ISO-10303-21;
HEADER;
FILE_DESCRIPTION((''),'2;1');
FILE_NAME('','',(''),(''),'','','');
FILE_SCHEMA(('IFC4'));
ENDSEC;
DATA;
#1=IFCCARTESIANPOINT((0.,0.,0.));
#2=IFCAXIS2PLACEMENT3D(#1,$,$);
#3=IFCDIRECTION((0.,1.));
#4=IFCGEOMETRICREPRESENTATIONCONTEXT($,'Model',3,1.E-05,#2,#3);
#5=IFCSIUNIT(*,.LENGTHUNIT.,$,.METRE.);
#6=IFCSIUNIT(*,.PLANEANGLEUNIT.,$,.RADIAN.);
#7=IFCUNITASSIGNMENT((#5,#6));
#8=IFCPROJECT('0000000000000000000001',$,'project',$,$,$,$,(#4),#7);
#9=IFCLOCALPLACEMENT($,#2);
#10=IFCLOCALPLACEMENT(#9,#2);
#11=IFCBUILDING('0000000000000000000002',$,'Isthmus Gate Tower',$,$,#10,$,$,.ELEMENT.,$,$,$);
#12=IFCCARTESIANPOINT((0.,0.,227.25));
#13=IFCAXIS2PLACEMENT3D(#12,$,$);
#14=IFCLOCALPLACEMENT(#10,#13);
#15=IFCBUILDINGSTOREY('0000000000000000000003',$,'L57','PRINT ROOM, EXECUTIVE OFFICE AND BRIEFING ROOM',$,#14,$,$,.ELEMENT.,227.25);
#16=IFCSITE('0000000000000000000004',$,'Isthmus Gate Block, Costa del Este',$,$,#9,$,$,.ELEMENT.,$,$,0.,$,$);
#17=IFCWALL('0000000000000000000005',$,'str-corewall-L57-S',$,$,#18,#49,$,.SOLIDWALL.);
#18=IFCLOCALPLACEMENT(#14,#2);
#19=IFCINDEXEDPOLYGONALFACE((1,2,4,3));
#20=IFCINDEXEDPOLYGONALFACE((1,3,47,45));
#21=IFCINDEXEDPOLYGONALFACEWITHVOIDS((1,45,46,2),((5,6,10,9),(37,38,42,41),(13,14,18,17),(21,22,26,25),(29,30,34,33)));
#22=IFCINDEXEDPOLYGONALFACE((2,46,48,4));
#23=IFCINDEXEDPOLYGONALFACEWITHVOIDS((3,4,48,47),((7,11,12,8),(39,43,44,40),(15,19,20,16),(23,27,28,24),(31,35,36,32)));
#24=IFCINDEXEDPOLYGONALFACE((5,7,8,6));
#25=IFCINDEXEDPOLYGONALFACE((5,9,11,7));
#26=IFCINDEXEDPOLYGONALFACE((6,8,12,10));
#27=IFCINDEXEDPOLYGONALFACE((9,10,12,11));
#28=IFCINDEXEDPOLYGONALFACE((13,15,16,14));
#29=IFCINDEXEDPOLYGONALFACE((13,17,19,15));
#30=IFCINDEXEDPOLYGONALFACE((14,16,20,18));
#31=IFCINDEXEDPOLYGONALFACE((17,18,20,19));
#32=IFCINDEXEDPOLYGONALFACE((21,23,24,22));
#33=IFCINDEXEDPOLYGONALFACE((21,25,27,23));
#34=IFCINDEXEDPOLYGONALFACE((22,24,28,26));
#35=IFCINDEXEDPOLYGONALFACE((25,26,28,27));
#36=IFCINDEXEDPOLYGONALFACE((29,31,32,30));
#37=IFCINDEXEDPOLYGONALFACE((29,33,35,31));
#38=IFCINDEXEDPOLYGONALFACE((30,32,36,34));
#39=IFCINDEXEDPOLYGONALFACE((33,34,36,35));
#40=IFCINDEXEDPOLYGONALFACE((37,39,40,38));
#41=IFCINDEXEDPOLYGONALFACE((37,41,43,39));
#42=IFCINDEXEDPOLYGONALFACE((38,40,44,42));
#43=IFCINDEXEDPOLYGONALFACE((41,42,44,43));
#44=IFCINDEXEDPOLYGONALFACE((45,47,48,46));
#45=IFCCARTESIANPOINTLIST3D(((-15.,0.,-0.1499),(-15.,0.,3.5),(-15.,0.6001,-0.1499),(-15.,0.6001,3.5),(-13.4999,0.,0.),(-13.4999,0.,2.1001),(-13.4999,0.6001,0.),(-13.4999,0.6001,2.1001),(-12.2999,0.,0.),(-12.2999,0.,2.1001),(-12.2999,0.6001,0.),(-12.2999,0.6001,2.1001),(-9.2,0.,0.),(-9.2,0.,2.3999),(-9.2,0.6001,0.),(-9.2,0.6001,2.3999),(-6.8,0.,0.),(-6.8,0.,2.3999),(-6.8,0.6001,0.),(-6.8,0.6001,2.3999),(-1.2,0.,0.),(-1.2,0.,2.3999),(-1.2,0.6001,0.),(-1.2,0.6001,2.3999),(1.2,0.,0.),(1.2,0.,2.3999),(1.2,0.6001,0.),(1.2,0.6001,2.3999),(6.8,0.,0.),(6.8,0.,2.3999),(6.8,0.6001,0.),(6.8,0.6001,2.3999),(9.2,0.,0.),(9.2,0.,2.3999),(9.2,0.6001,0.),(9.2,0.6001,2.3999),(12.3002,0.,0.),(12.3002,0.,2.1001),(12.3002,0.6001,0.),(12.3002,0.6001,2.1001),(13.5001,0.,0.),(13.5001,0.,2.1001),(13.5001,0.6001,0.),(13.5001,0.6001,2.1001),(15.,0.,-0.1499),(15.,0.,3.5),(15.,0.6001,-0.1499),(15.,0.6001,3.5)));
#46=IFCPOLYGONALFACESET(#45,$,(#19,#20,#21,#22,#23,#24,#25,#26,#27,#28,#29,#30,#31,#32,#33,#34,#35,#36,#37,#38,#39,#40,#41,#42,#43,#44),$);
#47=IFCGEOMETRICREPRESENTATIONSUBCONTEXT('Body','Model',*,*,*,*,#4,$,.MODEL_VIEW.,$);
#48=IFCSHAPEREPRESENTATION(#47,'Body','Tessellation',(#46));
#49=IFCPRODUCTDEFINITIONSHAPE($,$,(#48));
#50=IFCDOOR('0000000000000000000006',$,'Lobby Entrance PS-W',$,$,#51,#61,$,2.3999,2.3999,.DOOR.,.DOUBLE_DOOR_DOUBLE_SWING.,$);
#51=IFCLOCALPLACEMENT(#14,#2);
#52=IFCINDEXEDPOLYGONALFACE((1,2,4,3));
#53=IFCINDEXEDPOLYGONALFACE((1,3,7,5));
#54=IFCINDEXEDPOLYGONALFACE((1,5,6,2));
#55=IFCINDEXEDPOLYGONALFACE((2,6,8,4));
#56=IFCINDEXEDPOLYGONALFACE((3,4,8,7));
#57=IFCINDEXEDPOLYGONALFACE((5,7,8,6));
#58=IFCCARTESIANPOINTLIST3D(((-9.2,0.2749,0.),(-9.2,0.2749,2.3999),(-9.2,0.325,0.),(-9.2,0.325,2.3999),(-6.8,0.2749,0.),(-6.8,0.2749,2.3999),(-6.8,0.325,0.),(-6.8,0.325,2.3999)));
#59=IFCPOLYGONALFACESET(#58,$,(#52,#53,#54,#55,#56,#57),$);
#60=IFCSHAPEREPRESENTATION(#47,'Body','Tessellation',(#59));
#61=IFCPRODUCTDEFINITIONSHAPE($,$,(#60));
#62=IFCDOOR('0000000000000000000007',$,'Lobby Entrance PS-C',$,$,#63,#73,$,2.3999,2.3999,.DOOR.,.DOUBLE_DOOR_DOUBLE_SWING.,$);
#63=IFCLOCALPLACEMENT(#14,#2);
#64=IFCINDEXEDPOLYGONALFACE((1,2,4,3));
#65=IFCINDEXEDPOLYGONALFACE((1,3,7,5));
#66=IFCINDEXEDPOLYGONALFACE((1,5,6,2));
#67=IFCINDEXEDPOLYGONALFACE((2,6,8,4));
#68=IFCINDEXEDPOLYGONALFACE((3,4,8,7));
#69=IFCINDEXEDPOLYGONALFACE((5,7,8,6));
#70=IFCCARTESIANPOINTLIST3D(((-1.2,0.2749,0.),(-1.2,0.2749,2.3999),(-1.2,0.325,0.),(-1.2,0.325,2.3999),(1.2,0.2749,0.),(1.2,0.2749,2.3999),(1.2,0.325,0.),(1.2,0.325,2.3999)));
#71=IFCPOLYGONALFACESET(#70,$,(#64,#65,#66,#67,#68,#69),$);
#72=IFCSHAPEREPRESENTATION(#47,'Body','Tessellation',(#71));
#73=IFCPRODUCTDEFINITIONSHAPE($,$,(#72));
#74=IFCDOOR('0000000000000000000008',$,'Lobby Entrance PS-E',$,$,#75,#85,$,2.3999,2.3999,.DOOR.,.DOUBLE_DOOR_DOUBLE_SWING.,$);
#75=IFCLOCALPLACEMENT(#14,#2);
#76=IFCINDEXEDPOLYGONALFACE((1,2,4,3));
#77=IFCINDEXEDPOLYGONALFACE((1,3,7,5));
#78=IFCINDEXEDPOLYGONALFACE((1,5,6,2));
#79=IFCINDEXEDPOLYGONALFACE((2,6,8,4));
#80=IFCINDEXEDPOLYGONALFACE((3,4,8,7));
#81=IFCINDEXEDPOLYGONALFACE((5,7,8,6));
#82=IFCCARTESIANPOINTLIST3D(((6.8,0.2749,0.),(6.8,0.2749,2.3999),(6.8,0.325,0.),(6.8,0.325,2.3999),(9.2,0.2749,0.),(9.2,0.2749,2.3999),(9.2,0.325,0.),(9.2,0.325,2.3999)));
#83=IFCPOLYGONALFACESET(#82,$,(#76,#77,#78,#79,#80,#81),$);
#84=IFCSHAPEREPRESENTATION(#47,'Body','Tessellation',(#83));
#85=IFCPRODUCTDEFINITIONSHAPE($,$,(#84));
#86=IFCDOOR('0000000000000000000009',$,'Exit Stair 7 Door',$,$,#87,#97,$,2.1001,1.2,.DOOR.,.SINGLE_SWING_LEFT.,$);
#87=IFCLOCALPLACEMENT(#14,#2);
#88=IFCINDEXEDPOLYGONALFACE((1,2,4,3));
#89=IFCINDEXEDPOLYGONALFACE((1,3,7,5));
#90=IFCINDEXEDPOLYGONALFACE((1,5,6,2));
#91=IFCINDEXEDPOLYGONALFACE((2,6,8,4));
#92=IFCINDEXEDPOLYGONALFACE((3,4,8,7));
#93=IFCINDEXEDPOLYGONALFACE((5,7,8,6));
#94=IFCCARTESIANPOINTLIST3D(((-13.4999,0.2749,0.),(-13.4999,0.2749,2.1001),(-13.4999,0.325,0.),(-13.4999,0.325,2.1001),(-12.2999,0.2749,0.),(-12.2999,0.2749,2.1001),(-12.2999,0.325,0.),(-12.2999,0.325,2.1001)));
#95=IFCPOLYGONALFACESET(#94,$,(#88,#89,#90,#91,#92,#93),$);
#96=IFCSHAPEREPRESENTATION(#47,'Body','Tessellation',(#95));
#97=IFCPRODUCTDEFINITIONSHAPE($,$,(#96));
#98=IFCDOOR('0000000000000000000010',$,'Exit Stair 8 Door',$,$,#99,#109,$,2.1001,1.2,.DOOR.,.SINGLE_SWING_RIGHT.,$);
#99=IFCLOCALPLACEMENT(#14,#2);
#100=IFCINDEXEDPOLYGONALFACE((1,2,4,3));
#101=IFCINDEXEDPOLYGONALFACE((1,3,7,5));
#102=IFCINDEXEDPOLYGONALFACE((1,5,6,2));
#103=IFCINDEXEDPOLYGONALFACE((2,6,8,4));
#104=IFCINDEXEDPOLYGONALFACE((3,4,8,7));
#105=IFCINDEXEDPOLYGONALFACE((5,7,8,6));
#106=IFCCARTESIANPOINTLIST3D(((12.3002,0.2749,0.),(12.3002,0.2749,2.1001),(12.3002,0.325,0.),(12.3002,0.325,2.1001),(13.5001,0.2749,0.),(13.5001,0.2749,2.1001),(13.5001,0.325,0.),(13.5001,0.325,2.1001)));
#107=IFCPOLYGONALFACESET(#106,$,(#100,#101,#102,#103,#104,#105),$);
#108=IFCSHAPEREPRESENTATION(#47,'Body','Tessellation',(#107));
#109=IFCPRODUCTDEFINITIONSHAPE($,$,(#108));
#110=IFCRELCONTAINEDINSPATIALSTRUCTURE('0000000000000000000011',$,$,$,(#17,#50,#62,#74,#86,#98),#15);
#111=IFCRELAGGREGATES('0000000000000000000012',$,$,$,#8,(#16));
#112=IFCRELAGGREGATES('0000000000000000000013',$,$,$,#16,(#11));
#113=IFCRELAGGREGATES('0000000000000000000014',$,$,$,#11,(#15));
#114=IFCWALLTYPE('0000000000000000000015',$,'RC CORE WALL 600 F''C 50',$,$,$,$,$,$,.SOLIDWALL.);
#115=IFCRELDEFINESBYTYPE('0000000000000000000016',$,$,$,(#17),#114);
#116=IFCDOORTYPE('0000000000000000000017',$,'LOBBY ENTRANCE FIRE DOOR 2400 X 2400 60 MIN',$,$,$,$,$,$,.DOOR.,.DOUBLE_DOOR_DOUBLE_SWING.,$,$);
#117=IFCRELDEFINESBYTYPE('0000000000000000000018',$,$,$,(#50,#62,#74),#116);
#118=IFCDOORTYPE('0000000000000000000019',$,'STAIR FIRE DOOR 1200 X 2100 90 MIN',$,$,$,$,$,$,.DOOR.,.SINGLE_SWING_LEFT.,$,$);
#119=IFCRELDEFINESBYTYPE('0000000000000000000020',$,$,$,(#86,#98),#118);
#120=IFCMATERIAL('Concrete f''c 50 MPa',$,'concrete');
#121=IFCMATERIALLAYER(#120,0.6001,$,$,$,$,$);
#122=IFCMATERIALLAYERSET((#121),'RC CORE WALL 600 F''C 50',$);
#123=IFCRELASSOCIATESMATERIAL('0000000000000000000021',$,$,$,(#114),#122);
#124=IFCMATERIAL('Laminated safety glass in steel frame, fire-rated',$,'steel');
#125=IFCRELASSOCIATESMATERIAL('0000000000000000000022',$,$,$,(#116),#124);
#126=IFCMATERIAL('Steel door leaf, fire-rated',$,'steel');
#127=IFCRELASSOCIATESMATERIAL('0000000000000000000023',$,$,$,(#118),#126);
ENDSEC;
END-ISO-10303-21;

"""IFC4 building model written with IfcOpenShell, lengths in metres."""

from ifc_helpers import new_model, si_unit, direction, frame, frame_2d, origin, place, context, subcontext, project, spatial, rectangle, extrude, material, layer, layer_set, type_object, element, fill, save


model = new_model("IFC4")

# Units and contexts
model_context = context("Model", 3, precision=1e-05, world=origin(), true_north=direction((0.0, 1.0)))
body_context = subcontext(model_context, "Body", "Model", "MODEL_VIEW")
ifc_project = project(units=[si_unit("LENGTHUNIT", "METRE"), si_unit("PLANEANGLEUNIT", "RADIAN")], contexts=[model_context])

# Site, building, storey
site_placement = place(None, origin())
site = spatial("IfcSite", under=ifc_project, at=site_placement, Name="Isthmus Gate Block, Costa del Este", CompositionType="ELEMENT", RefElevation=0.0)
building_placement = place(site_placement, origin())
building = spatial("IfcBuilding", under=site, at=building_placement, Name="Isthmus Gate Tower", CompositionType="ELEMENT")
storey_placement = place(building_placement, frame((0.0, 0.0, 227.25)))
storey = spatial("IfcBuildingStorey", under=building, at=storey_placement, Name="L57", Description="PRINT ROOM, EXECUTIVE OFFICE AND BRIEFING ROOM", CompositionType="ELEMENT", Elevation=227.25)

# Wall, openings, doors
ifc_material_1 = material(Name="Concrete f'c 50 MPa", Category="concrete")
ifc_layer_1 = layer(ifc_material_1, 0.6001)
ifc_layer_set_1 = layer_set([ifc_layer_1], Name="RC CORE WALL 600 F'C 50")
wall_type_1 = type_object("IfcWallType", Name="RC CORE WALL 600 F'C 50", PredefinedType="SOLIDWALL", material=ifc_layer_set_1)
wall_1_placement = place(storey_placement, frame((-15.0, 0.3, -0.1499), z_axis=(0.0, 0.0, 1.0), x_axis=(1.0, 0.0, 0.0)))
wall_1 = element("IfcWall", 1, at=wall_1_placement, inside=storey, type_object=wall_type_1, Name="str-corewall-L57-S", PredefinedType="SOLIDWALL", context=body_context, shape_type="SweptSolid", body=[
    extrude(rectangle(XDim=30.0, YDim=0.6001, at=frame_2d((15.0, 0.0))), origin(), (0.0, 0.0, 1.0), 3.6499),
])
opening_1_placement = place(wall_1_placement, frame((5.8, 0.0, 0.1499)))
opening_1 = element("IfcOpeningElement", 2, at=opening_1_placement, cuts=wall_1, PredefinedType="OPENING", context=body_context, shape_type="SweptSolid", body=[
    extrude(rectangle(XDim=2.3999, YDim=2.3999, at=frame_2d((1.2, 1.2))), frame((0.0, 0.3101, 0.0), z_axis=(0.0, -1.0, 0.0), x_axis=(1.0, 0.0, 0.0)), (0.0, 0.0, 1.0), 0.6201),
])
opening_2_placement = place(wall_1_placement, frame((13.8, 0.0, 0.1499)))
opening_2 = element("IfcOpeningElement", 3, at=opening_2_placement, cuts=wall_1, PredefinedType="OPENING", context=body_context, shape_type="SweptSolid", body=[
    extrude(rectangle(XDim=2.3999, YDim=2.3999, at=frame_2d((1.2, 1.2))), frame((0.0, 0.3101, 0.0), z_axis=(0.0, -1.0, 0.0), x_axis=(1.0, 0.0, 0.0)), (0.0, 0.0, 1.0), 0.6201),
])
opening_3_placement = place(wall_1_placement, frame((21.8, 0.0, 0.1499)))
opening_3 = element("IfcOpeningElement", 4, at=opening_3_placement, cuts=wall_1, PredefinedType="OPENING", context=body_context, shape_type="SweptSolid", body=[
    extrude(rectangle(XDim=2.3999, YDim=2.3999, at=frame_2d((1.2, 1.2))), frame((0.0, 0.3101, 0.0), z_axis=(0.0, -1.0, 0.0), x_axis=(1.0, 0.0, 0.0)), (0.0, 0.0, 1.0), 0.6201),
])
opening_4_placement = place(wall_1_placement, frame((1.5, 0.0, 0.1499)))
opening_4 = element("IfcOpeningElement", 5, at=opening_4_placement, cuts=wall_1, PredefinedType="OPENING", context=body_context, shape_type="SweptSolid", body=[
    extrude(rectangle(XDim=1.2, YDim=2.1001, at=frame_2d((0.6001, 1.05))), frame((0.0, 0.3101, 0.0), z_axis=(0.0, -1.0, 0.0), x_axis=(1.0, 0.0, 0.0)), (0.0, 0.0, 1.0), 0.6201),
])
opening_5_placement = place(wall_1_placement, frame((27.3, 0.0, 0.1499)))
opening_5 = element("IfcOpeningElement", 6, at=opening_5_placement, cuts=wall_1, PredefinedType="OPENING", context=body_context, shape_type="SweptSolid", body=[
    extrude(rectangle(XDim=1.2, YDim=2.1001, at=frame_2d((0.6001, 1.05))), frame((0.0, 0.3101, 0.0), z_axis=(0.0, -1.0, 0.0), x_axis=(1.0, 0.0, 0.0)), (0.0, 0.0, 1.0), 0.6201),
])
ifc_material_2 = material(Name="Laminated safety glass in steel frame, fire-rated", Category="steel")
door_type_1 = type_object("IfcDoorType", Name="LOBBY ENTRANCE FIRE DOOR 2400 X 2400 60 MIN", OperationType="DOUBLE_DOOR_DOUBLE_SWING", PredefinedType="DOOR", material=ifc_material_2)
door_1_placement = place(opening_1_placement, origin())
door_1 = element("IfcDoor", 7, at=door_1_placement, inside=storey, type_object=door_type_1, Name="Lobby Entrance PS-W", OperationType="DOUBLE_DOOR_DOUBLE_SWING", OverallHeight=2.3999, OverallWidth=2.3999, PredefinedType="DOOR", context=body_context, shape_type="SweptSolid", body=[
    extrude(rectangle(XDim=2.3999, YDim=2.3999, at=frame_2d((1.2, 1.2))), frame((0.0, 0.0249, 0.0), z_axis=(0.0, -1.0, 0.0), x_axis=(1.0, 0.0, 0.0)), (0.0, 0.0, 1.0), 0.05),
])
fill(opening_1, door_1)
door_2_placement = place(opening_2_placement, origin())
door_2 = element("IfcDoor", 8, at=door_2_placement, inside=storey, type_object=door_type_1, Name="Lobby Entrance PS-C", OperationType="DOUBLE_DOOR_DOUBLE_SWING", OverallHeight=2.3999, OverallWidth=2.3999, PredefinedType="DOOR", context=body_context, shape_type="SweptSolid", body=[
    extrude(rectangle(XDim=2.3999, YDim=2.3999, at=frame_2d((1.2, 1.2))), frame((0.0, 0.0249, 0.0), z_axis=(0.0, -1.0, 0.0), x_axis=(1.0, 0.0, 0.0)), (0.0, 0.0, 1.0), 0.05),
])
fill(opening_2, door_2)
door_3_placement = place(opening_3_placement, origin())
door_3 = element("IfcDoor", 9, at=door_3_placement, inside=storey, type_object=door_type_1, Name="Lobby Entrance PS-E", OperationType="DOUBLE_DOOR_DOUBLE_SWING", OverallHeight=2.3999, OverallWidth=2.3999, PredefinedType="DOOR", context=body_context, shape_type="SweptSolid", body=[
    extrude(rectangle(XDim=2.3999, YDim=2.3999, at=frame_2d((1.2, 1.2))), frame((0.0, 0.0249, 0.0), z_axis=(0.0, -1.0, 0.0), x_axis=(1.0, 0.0, 0.0)), (0.0, 0.0, 1.0), 0.05),
])
fill(opening_3, door_3)
ifc_material_3 = material(Name="Steel door leaf, fire-rated", Category="steel")
door_type_2 = type_object("IfcDoorType", Name="STAIR FIRE DOOR 1200 X 2100 90 MIN", OperationType="SINGLE_SWING_LEFT", PredefinedType="DOOR", material=ifc_material_3)
door_4_placement = place(opening_4_placement, origin())
door_4 = element("IfcDoor", 10, at=door_4_placement, inside=storey, type_object=door_type_2, Name="Exit Stair 7 Door", OperationType="SINGLE_SWING_LEFT", OverallHeight=2.1001, OverallWidth=1.2, PredefinedType="DOOR", context=body_context, shape_type="SweptSolid", body=[
    extrude(rectangle(XDim=1.2, YDim=2.1001, at=frame_2d((0.6001, 1.05))), frame((0.0, 0.0249, 0.0), z_axis=(0.0, -1.0, 0.0), x_axis=(1.0, 0.0, 0.0)), (0.0, 0.0, 1.0), 0.05),
])
fill(opening_4, door_4)
door_5_placement = place(opening_5_placement, origin())
door_5 = element("IfcDoor", 11, at=door_5_placement, inside=storey, type_object=door_type_2, Name="Exit Stair 8 Door", OperationType="SINGLE_SWING_RIGHT", OverallHeight=2.1001, OverallWidth=1.2, PredefinedType="DOOR", context=body_context, shape_type="SweptSolid", body=[
    extrude(rectangle(XDim=1.2, YDim=2.1001, at=frame_2d((0.6001, 1.05))), frame((0.0, 0.0249, 0.0), z_axis=(0.0, -1.0, 0.0), x_axis=(1.0, 0.0, 0.0)), (0.0, 0.0, 1.0), 0.05),
])
fill(opening_5, door_5)

save(model, "model.ifc")
